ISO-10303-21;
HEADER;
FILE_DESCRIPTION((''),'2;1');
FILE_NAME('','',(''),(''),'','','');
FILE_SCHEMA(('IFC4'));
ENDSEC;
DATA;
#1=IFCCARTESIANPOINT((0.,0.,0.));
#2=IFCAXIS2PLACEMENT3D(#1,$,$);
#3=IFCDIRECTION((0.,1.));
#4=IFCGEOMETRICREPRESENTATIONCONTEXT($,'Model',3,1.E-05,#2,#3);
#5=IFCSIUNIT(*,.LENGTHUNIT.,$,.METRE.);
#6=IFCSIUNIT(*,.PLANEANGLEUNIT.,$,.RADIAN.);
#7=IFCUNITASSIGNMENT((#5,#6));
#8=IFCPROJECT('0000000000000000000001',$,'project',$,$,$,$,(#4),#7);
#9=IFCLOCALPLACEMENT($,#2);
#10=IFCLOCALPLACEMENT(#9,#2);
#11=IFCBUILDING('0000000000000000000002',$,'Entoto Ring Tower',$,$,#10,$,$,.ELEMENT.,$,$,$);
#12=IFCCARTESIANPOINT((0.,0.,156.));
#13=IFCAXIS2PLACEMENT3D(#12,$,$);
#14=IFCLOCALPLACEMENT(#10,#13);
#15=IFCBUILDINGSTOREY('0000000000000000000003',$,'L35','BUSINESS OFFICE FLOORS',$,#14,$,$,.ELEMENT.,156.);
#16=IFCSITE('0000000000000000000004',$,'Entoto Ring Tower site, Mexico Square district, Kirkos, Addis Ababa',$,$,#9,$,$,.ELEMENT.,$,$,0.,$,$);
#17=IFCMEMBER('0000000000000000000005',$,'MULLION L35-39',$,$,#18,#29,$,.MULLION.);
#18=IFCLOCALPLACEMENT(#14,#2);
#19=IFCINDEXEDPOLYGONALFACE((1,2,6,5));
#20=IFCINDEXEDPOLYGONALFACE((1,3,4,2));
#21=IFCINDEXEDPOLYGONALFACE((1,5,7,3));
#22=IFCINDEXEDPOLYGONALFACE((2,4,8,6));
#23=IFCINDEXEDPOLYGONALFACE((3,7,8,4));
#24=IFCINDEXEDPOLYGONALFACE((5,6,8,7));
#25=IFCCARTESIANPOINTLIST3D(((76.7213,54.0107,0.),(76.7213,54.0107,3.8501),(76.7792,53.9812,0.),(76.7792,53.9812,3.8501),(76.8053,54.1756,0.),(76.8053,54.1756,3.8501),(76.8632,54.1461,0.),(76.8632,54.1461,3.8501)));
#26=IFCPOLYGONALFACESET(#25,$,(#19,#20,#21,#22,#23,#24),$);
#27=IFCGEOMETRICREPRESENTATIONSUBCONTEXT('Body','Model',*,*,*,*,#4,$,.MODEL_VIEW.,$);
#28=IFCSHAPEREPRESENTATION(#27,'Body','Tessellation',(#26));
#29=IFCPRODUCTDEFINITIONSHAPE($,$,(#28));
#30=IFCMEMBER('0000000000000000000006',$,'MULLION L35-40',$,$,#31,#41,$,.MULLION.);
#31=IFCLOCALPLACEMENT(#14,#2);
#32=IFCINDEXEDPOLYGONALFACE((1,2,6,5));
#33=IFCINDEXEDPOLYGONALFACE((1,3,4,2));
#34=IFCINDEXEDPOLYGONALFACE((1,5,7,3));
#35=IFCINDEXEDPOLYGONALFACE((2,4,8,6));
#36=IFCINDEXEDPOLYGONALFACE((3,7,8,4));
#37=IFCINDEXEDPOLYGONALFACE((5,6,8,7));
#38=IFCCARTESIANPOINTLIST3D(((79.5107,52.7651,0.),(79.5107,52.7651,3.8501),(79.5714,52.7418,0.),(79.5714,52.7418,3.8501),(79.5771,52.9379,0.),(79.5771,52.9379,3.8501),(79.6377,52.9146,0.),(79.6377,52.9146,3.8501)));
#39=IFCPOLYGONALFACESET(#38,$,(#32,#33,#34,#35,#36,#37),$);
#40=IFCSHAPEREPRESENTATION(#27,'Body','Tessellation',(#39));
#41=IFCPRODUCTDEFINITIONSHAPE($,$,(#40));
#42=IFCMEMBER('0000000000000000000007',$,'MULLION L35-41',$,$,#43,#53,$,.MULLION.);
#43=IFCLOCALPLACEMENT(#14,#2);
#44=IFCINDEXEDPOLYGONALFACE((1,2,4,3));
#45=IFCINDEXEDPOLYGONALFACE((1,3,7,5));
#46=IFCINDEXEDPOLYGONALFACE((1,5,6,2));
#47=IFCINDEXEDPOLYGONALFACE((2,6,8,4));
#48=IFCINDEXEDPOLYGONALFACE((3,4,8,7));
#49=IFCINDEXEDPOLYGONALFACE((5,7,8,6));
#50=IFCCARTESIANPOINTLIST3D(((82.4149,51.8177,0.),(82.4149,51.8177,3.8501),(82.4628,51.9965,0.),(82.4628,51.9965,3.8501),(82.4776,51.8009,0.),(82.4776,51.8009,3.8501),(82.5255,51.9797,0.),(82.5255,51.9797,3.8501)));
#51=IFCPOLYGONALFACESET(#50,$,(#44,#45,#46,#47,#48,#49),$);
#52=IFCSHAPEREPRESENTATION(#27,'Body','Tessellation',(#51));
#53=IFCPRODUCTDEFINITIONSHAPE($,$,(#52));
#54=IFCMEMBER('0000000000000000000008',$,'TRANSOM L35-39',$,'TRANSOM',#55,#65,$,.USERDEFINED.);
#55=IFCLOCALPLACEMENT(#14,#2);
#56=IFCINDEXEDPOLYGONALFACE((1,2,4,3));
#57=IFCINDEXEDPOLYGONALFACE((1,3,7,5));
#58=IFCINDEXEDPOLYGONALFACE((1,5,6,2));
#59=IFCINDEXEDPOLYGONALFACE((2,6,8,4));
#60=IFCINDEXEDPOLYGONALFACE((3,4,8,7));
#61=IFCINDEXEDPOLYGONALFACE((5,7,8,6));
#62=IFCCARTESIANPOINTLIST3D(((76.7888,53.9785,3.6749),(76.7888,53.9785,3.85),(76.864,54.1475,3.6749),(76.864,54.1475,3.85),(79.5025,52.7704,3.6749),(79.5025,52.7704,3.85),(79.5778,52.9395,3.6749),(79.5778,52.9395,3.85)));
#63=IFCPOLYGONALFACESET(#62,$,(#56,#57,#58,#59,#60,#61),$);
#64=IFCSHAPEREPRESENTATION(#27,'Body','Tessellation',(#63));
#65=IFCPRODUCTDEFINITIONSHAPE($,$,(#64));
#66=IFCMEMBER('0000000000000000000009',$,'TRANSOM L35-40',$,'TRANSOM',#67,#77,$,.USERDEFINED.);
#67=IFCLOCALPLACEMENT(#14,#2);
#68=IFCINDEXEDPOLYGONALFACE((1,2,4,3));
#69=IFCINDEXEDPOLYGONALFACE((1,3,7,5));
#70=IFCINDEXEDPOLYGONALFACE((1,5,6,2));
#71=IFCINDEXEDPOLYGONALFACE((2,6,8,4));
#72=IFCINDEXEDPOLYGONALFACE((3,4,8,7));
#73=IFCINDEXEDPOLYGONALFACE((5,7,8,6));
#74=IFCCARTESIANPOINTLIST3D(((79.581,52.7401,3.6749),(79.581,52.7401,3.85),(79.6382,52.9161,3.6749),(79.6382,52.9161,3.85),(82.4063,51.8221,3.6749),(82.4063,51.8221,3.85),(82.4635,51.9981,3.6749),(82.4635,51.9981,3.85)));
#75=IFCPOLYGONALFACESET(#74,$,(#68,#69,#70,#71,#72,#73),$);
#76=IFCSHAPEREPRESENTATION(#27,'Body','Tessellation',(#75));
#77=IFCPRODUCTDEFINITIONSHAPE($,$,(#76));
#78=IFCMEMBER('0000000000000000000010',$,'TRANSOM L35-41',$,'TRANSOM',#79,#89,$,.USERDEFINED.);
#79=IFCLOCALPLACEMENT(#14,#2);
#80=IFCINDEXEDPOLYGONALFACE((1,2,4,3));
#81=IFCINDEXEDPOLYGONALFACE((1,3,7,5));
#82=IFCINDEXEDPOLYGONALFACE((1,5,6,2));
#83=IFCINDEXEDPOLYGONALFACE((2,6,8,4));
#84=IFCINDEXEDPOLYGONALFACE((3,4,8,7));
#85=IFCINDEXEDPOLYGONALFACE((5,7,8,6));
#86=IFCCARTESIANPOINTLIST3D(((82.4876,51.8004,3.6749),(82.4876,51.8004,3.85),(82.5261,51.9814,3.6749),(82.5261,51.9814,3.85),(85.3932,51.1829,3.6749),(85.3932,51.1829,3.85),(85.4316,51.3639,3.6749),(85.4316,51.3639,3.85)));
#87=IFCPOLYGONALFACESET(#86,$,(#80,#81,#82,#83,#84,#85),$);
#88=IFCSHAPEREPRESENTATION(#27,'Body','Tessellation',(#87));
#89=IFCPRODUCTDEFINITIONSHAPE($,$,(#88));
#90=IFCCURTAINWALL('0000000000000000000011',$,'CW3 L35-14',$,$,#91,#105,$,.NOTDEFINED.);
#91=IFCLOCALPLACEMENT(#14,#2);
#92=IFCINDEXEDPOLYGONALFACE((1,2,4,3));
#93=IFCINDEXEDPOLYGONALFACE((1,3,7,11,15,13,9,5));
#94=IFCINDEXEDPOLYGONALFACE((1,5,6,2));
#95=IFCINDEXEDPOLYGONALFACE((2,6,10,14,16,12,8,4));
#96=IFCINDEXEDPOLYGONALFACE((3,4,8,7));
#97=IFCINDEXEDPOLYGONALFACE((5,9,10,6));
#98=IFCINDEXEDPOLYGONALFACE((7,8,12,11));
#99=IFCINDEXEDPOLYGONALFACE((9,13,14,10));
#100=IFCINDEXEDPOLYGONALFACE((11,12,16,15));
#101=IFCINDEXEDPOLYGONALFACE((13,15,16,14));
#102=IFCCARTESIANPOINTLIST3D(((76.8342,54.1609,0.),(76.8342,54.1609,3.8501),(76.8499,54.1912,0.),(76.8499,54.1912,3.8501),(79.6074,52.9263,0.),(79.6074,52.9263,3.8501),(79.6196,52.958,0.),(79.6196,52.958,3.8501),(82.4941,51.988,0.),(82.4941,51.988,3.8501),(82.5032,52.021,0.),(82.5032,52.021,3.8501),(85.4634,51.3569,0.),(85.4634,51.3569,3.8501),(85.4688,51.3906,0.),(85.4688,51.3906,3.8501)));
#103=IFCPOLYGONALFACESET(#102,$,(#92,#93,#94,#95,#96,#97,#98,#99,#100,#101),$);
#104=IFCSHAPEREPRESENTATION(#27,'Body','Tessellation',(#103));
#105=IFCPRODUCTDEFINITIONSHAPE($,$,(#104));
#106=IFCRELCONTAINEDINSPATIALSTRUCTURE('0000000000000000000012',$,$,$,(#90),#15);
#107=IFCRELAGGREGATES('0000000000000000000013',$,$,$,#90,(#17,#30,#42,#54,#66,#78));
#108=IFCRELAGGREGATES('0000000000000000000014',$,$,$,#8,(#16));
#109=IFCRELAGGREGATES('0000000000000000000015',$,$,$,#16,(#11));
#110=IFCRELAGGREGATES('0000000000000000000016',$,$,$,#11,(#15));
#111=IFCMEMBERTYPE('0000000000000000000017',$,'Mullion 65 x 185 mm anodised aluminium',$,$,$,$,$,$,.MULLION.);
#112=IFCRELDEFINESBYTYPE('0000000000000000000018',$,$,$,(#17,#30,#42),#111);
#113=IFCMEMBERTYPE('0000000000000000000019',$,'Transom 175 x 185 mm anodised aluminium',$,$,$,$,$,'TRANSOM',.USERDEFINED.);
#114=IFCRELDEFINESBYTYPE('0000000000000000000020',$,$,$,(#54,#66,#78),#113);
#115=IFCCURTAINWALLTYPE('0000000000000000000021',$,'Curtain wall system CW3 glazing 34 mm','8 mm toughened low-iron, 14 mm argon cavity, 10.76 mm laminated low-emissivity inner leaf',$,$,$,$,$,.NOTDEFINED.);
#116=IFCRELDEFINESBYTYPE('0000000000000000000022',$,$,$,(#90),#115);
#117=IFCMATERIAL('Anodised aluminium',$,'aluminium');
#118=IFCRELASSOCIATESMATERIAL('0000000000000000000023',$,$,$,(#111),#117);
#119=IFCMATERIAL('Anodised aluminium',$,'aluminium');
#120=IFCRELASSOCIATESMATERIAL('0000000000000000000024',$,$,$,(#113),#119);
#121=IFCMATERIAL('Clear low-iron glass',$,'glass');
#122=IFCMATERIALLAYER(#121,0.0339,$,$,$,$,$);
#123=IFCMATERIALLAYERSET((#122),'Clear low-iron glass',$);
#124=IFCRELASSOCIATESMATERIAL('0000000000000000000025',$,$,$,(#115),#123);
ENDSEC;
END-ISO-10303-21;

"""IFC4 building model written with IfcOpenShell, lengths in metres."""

from ifc_helpers import new_model, si_unit, direction, frame, origin, origin_2d, place, context, subcontext, project, spatial, polyline, rectangle, outline, extrude, material, layer, layer_set, material_profile, profile_set, type_object, element, aggregate, save


model = new_model("IFC4")

# Units and contexts
model_context = context("Model", 3, precision=1e-05, world=origin(), true_north=direction((0.0, 1.0)))
body_context = subcontext(model_context, "Body", "Model", "MODEL_VIEW")
ifc_project = project(units=[si_unit("LENGTHUNIT", "METRE"), si_unit("PLANEANGLEUNIT", "RADIAN")], contexts=[model_context])

# Members
ifc_material_1 = material(Name="Anodised aluminium", Category="aluminium")
ifc_material_profile_1 = material_profile(ifc_material_1, rectangle(XDim=0.0649, YDim=0.1851, at=origin_2d()), Name="Mullion 65 x 185 mm anodised aluminium")
ifc_profile_set_1 = profile_set([ifc_material_profile_1], Name="Anodised aluminium")
member_type_1 = type_object("IfcMemberType", Name="Mullion 65 x 185 mm anodised aluminium", PredefinedType="MULLION", material=ifc_profile_set_1)
site_placement = place(None, origin())
building_placement = place(site_placement, origin())
storey_placement = place(building_placement, frame((0.0, 0.0, 156.0)))
member_1_placement = place(storey_placement, frame((76.7922, 54.0784, 0.0), z_axis=(0.0, 0.0, 1.0), x_axis=(0.891007, -0.45399, 0.0)))
member_1 = element("IfcMember", 1, at=member_1_placement, type_object=member_type_1, Name="MULLION L35-39", PredefinedType="MULLION", context=body_context, shape_type="SweptSolid", body=[
    extrude(rectangle(XDim=0.0649, YDim=0.1851, at=origin_2d()), origin(), (0.0, 0.0, 1.0), 3.8501),
])
member_2_placement = place(storey_placement, frame((79.5742, 52.8398, 0.0), z_axis=(0.0, 0.0, 1.0), x_axis=(0.93358, -0.358368, 0.0)))
member_2 = element("IfcMember", 2, at=member_2_placement, type_object=member_type_1, Name="MULLION L35-40", PredefinedType="MULLION", context=body_context, shape_type="SweptSolid", body=[
    extrude(rectangle(XDim=0.0649, YDim=0.1851, at=origin_2d()), origin(), (0.0, 0.0, 1.0), 3.8501),
])
member_3_placement = place(storey_placement, frame((82.4702, 51.8987, 0.0), z_axis=(0.0, 0.0, 1.0), x_axis=(0.965926, -0.258819, 0.0)))
member_3 = element("IfcMember", 3, at=member_3_placement, type_object=member_type_1, Name="MULLION L35-41", PredefinedType="MULLION", context=body_context, shape_type="SweptSolid", body=[
    extrude(rectangle(XDim=0.0649, YDim=0.1851, at=origin_2d()), origin(), (0.0, 0.0, 1.0), 3.8501),
])
ifc_material_2 = material(Name="Anodised aluminium", Category="aluminium")
ifc_material_profile_2 = material_profile(ifc_material_2, rectangle(XDim=0.1851, YDim=0.175, at=origin_2d()), Name="Transom 175 x 185 mm anodised aluminium")
ifc_profile_set_2 = profile_set([ifc_material_profile_2], Name="Anodised aluminium")
member_type_2 = type_object("IfcMemberType", Name="Transom 175 x 185 mm anodised aluminium", ElementType="TRANSOM", PredefinedType="USERDEFINED", material=ifc_profile_set_2)
member_4_placement = place(storey_placement, frame((76.8264, 54.063, 3.7625), z_axis=(0.913567, -0.406687, 0.0), x_axis=(0.406687, 0.913567, 0.0)))
member_4 = element("IfcMember", 4, at=member_4_placement, type_object=member_type_2, Name="TRANSOM L35-39", ObjectType="TRANSOM", PredefinedType="USERDEFINED", context=body_context, shape_type="SweptSolid", body=[
    extrude(rectangle(XDim=0.1851, YDim=0.175, at=origin_2d()), origin(), (0.0, 0.0, 1.0), 2.9705),
])
member_5_placement = place(storey_placement, frame((79.6096, 52.8281, 3.7625), z_axis=(0.951056, -0.309019, 0.0), x_axis=(0.309019, 0.951056, 0.0)))
member_5 = element("IfcMember", 5, at=member_5_placement, type_object=member_type_2, Name="TRANSOM L35-40", ObjectType="TRANSOM", PredefinedType="USERDEFINED", context=body_context, shape_type="SweptSolid", body=[
    extrude(rectangle(XDim=0.1851, YDim=0.175, at=origin_2d()), origin(), (0.0, 0.0, 1.0), 2.9707),
])
member_6_placement = place(storey_placement, frame((82.5068, 51.8909, 3.7625), z_axis=(0.978158, -0.207862, 0.0), x_axis=(0.207862, 0.978158, 0.0)))
member_6 = element("IfcMember", 6, at=member_6_placement, type_object=member_type_2, Name="TRANSOM L35-41", ObjectType="TRANSOM", PredefinedType="USERDEFINED", context=body_context, shape_type="SweptSolid", body=[
    extrude(rectangle(XDim=0.1851, YDim=0.175, at=origin_2d()), origin(), (0.0, 0.0, 1.0), 2.9705),
])

# Site, building, storey
site = spatial("IfcSite", under=ifc_project, at=site_placement, Name="Entoto Ring Tower site, Mexico Square district, Kirkos, Addis Ababa", CompositionType="ELEMENT", RefElevation=0.0)
building = spatial("IfcBuilding", under=site, at=building_placement, Name="Entoto Ring Tower", CompositionType="ELEMENT")
storey = spatial("IfcBuildingStorey", under=building, at=storey_placement, Name="L35", Description="BUSINESS OFFICE FLOORS", CompositionType="ELEMENT", Elevation=156.0)

# Curtain wall
ifc_material_3 = material(Name="Clear low-iron glass", Category="glass")
ifc_layer = layer(ifc_material_3, 0.0339)
ifc_layer_set = layer_set([ifc_layer], Name="Clear low-iron glass")
curtain_wall_type = type_object("IfcCurtainWallType", Name="Curtain wall system CW3 glazing 34 mm", Description="8 mm toughened low-iron, 14 mm argon cavity, 10.76 mm laminated low-emissivity inner leaf", PredefinedType="NOTDEFINED", material=ifc_layer_set)
curtain_wall_1_placement = place(storey_placement, origin())
curtain_wall_1 = element("IfcCurtainWall", 7, at=curtain_wall_1_placement, inside=storey, type_object=curtain_wall_type, Name="CW3 L35-14", PredefinedType="NOTDEFINED", context=body_context, shape_type="SweptSolid", body=[
    extrude(outline(polyline([(76.8342, 54.1609), (79.6074, 52.9263), (82.4941, 51.988), (85.4634, 51.3569), (85.4688, 51.3906), (82.5032, 52.021), (79.6196, 52.958), (76.8499, 54.1912), (76.8342, 54.1609)])), origin(), (0.0, 0.0, 1.0), 3.8501),
])
aggregate(curtain_wall_1, [member_1, member_2, member_3, member_4, member_5, member_6])

save(model, "model.ifc")
